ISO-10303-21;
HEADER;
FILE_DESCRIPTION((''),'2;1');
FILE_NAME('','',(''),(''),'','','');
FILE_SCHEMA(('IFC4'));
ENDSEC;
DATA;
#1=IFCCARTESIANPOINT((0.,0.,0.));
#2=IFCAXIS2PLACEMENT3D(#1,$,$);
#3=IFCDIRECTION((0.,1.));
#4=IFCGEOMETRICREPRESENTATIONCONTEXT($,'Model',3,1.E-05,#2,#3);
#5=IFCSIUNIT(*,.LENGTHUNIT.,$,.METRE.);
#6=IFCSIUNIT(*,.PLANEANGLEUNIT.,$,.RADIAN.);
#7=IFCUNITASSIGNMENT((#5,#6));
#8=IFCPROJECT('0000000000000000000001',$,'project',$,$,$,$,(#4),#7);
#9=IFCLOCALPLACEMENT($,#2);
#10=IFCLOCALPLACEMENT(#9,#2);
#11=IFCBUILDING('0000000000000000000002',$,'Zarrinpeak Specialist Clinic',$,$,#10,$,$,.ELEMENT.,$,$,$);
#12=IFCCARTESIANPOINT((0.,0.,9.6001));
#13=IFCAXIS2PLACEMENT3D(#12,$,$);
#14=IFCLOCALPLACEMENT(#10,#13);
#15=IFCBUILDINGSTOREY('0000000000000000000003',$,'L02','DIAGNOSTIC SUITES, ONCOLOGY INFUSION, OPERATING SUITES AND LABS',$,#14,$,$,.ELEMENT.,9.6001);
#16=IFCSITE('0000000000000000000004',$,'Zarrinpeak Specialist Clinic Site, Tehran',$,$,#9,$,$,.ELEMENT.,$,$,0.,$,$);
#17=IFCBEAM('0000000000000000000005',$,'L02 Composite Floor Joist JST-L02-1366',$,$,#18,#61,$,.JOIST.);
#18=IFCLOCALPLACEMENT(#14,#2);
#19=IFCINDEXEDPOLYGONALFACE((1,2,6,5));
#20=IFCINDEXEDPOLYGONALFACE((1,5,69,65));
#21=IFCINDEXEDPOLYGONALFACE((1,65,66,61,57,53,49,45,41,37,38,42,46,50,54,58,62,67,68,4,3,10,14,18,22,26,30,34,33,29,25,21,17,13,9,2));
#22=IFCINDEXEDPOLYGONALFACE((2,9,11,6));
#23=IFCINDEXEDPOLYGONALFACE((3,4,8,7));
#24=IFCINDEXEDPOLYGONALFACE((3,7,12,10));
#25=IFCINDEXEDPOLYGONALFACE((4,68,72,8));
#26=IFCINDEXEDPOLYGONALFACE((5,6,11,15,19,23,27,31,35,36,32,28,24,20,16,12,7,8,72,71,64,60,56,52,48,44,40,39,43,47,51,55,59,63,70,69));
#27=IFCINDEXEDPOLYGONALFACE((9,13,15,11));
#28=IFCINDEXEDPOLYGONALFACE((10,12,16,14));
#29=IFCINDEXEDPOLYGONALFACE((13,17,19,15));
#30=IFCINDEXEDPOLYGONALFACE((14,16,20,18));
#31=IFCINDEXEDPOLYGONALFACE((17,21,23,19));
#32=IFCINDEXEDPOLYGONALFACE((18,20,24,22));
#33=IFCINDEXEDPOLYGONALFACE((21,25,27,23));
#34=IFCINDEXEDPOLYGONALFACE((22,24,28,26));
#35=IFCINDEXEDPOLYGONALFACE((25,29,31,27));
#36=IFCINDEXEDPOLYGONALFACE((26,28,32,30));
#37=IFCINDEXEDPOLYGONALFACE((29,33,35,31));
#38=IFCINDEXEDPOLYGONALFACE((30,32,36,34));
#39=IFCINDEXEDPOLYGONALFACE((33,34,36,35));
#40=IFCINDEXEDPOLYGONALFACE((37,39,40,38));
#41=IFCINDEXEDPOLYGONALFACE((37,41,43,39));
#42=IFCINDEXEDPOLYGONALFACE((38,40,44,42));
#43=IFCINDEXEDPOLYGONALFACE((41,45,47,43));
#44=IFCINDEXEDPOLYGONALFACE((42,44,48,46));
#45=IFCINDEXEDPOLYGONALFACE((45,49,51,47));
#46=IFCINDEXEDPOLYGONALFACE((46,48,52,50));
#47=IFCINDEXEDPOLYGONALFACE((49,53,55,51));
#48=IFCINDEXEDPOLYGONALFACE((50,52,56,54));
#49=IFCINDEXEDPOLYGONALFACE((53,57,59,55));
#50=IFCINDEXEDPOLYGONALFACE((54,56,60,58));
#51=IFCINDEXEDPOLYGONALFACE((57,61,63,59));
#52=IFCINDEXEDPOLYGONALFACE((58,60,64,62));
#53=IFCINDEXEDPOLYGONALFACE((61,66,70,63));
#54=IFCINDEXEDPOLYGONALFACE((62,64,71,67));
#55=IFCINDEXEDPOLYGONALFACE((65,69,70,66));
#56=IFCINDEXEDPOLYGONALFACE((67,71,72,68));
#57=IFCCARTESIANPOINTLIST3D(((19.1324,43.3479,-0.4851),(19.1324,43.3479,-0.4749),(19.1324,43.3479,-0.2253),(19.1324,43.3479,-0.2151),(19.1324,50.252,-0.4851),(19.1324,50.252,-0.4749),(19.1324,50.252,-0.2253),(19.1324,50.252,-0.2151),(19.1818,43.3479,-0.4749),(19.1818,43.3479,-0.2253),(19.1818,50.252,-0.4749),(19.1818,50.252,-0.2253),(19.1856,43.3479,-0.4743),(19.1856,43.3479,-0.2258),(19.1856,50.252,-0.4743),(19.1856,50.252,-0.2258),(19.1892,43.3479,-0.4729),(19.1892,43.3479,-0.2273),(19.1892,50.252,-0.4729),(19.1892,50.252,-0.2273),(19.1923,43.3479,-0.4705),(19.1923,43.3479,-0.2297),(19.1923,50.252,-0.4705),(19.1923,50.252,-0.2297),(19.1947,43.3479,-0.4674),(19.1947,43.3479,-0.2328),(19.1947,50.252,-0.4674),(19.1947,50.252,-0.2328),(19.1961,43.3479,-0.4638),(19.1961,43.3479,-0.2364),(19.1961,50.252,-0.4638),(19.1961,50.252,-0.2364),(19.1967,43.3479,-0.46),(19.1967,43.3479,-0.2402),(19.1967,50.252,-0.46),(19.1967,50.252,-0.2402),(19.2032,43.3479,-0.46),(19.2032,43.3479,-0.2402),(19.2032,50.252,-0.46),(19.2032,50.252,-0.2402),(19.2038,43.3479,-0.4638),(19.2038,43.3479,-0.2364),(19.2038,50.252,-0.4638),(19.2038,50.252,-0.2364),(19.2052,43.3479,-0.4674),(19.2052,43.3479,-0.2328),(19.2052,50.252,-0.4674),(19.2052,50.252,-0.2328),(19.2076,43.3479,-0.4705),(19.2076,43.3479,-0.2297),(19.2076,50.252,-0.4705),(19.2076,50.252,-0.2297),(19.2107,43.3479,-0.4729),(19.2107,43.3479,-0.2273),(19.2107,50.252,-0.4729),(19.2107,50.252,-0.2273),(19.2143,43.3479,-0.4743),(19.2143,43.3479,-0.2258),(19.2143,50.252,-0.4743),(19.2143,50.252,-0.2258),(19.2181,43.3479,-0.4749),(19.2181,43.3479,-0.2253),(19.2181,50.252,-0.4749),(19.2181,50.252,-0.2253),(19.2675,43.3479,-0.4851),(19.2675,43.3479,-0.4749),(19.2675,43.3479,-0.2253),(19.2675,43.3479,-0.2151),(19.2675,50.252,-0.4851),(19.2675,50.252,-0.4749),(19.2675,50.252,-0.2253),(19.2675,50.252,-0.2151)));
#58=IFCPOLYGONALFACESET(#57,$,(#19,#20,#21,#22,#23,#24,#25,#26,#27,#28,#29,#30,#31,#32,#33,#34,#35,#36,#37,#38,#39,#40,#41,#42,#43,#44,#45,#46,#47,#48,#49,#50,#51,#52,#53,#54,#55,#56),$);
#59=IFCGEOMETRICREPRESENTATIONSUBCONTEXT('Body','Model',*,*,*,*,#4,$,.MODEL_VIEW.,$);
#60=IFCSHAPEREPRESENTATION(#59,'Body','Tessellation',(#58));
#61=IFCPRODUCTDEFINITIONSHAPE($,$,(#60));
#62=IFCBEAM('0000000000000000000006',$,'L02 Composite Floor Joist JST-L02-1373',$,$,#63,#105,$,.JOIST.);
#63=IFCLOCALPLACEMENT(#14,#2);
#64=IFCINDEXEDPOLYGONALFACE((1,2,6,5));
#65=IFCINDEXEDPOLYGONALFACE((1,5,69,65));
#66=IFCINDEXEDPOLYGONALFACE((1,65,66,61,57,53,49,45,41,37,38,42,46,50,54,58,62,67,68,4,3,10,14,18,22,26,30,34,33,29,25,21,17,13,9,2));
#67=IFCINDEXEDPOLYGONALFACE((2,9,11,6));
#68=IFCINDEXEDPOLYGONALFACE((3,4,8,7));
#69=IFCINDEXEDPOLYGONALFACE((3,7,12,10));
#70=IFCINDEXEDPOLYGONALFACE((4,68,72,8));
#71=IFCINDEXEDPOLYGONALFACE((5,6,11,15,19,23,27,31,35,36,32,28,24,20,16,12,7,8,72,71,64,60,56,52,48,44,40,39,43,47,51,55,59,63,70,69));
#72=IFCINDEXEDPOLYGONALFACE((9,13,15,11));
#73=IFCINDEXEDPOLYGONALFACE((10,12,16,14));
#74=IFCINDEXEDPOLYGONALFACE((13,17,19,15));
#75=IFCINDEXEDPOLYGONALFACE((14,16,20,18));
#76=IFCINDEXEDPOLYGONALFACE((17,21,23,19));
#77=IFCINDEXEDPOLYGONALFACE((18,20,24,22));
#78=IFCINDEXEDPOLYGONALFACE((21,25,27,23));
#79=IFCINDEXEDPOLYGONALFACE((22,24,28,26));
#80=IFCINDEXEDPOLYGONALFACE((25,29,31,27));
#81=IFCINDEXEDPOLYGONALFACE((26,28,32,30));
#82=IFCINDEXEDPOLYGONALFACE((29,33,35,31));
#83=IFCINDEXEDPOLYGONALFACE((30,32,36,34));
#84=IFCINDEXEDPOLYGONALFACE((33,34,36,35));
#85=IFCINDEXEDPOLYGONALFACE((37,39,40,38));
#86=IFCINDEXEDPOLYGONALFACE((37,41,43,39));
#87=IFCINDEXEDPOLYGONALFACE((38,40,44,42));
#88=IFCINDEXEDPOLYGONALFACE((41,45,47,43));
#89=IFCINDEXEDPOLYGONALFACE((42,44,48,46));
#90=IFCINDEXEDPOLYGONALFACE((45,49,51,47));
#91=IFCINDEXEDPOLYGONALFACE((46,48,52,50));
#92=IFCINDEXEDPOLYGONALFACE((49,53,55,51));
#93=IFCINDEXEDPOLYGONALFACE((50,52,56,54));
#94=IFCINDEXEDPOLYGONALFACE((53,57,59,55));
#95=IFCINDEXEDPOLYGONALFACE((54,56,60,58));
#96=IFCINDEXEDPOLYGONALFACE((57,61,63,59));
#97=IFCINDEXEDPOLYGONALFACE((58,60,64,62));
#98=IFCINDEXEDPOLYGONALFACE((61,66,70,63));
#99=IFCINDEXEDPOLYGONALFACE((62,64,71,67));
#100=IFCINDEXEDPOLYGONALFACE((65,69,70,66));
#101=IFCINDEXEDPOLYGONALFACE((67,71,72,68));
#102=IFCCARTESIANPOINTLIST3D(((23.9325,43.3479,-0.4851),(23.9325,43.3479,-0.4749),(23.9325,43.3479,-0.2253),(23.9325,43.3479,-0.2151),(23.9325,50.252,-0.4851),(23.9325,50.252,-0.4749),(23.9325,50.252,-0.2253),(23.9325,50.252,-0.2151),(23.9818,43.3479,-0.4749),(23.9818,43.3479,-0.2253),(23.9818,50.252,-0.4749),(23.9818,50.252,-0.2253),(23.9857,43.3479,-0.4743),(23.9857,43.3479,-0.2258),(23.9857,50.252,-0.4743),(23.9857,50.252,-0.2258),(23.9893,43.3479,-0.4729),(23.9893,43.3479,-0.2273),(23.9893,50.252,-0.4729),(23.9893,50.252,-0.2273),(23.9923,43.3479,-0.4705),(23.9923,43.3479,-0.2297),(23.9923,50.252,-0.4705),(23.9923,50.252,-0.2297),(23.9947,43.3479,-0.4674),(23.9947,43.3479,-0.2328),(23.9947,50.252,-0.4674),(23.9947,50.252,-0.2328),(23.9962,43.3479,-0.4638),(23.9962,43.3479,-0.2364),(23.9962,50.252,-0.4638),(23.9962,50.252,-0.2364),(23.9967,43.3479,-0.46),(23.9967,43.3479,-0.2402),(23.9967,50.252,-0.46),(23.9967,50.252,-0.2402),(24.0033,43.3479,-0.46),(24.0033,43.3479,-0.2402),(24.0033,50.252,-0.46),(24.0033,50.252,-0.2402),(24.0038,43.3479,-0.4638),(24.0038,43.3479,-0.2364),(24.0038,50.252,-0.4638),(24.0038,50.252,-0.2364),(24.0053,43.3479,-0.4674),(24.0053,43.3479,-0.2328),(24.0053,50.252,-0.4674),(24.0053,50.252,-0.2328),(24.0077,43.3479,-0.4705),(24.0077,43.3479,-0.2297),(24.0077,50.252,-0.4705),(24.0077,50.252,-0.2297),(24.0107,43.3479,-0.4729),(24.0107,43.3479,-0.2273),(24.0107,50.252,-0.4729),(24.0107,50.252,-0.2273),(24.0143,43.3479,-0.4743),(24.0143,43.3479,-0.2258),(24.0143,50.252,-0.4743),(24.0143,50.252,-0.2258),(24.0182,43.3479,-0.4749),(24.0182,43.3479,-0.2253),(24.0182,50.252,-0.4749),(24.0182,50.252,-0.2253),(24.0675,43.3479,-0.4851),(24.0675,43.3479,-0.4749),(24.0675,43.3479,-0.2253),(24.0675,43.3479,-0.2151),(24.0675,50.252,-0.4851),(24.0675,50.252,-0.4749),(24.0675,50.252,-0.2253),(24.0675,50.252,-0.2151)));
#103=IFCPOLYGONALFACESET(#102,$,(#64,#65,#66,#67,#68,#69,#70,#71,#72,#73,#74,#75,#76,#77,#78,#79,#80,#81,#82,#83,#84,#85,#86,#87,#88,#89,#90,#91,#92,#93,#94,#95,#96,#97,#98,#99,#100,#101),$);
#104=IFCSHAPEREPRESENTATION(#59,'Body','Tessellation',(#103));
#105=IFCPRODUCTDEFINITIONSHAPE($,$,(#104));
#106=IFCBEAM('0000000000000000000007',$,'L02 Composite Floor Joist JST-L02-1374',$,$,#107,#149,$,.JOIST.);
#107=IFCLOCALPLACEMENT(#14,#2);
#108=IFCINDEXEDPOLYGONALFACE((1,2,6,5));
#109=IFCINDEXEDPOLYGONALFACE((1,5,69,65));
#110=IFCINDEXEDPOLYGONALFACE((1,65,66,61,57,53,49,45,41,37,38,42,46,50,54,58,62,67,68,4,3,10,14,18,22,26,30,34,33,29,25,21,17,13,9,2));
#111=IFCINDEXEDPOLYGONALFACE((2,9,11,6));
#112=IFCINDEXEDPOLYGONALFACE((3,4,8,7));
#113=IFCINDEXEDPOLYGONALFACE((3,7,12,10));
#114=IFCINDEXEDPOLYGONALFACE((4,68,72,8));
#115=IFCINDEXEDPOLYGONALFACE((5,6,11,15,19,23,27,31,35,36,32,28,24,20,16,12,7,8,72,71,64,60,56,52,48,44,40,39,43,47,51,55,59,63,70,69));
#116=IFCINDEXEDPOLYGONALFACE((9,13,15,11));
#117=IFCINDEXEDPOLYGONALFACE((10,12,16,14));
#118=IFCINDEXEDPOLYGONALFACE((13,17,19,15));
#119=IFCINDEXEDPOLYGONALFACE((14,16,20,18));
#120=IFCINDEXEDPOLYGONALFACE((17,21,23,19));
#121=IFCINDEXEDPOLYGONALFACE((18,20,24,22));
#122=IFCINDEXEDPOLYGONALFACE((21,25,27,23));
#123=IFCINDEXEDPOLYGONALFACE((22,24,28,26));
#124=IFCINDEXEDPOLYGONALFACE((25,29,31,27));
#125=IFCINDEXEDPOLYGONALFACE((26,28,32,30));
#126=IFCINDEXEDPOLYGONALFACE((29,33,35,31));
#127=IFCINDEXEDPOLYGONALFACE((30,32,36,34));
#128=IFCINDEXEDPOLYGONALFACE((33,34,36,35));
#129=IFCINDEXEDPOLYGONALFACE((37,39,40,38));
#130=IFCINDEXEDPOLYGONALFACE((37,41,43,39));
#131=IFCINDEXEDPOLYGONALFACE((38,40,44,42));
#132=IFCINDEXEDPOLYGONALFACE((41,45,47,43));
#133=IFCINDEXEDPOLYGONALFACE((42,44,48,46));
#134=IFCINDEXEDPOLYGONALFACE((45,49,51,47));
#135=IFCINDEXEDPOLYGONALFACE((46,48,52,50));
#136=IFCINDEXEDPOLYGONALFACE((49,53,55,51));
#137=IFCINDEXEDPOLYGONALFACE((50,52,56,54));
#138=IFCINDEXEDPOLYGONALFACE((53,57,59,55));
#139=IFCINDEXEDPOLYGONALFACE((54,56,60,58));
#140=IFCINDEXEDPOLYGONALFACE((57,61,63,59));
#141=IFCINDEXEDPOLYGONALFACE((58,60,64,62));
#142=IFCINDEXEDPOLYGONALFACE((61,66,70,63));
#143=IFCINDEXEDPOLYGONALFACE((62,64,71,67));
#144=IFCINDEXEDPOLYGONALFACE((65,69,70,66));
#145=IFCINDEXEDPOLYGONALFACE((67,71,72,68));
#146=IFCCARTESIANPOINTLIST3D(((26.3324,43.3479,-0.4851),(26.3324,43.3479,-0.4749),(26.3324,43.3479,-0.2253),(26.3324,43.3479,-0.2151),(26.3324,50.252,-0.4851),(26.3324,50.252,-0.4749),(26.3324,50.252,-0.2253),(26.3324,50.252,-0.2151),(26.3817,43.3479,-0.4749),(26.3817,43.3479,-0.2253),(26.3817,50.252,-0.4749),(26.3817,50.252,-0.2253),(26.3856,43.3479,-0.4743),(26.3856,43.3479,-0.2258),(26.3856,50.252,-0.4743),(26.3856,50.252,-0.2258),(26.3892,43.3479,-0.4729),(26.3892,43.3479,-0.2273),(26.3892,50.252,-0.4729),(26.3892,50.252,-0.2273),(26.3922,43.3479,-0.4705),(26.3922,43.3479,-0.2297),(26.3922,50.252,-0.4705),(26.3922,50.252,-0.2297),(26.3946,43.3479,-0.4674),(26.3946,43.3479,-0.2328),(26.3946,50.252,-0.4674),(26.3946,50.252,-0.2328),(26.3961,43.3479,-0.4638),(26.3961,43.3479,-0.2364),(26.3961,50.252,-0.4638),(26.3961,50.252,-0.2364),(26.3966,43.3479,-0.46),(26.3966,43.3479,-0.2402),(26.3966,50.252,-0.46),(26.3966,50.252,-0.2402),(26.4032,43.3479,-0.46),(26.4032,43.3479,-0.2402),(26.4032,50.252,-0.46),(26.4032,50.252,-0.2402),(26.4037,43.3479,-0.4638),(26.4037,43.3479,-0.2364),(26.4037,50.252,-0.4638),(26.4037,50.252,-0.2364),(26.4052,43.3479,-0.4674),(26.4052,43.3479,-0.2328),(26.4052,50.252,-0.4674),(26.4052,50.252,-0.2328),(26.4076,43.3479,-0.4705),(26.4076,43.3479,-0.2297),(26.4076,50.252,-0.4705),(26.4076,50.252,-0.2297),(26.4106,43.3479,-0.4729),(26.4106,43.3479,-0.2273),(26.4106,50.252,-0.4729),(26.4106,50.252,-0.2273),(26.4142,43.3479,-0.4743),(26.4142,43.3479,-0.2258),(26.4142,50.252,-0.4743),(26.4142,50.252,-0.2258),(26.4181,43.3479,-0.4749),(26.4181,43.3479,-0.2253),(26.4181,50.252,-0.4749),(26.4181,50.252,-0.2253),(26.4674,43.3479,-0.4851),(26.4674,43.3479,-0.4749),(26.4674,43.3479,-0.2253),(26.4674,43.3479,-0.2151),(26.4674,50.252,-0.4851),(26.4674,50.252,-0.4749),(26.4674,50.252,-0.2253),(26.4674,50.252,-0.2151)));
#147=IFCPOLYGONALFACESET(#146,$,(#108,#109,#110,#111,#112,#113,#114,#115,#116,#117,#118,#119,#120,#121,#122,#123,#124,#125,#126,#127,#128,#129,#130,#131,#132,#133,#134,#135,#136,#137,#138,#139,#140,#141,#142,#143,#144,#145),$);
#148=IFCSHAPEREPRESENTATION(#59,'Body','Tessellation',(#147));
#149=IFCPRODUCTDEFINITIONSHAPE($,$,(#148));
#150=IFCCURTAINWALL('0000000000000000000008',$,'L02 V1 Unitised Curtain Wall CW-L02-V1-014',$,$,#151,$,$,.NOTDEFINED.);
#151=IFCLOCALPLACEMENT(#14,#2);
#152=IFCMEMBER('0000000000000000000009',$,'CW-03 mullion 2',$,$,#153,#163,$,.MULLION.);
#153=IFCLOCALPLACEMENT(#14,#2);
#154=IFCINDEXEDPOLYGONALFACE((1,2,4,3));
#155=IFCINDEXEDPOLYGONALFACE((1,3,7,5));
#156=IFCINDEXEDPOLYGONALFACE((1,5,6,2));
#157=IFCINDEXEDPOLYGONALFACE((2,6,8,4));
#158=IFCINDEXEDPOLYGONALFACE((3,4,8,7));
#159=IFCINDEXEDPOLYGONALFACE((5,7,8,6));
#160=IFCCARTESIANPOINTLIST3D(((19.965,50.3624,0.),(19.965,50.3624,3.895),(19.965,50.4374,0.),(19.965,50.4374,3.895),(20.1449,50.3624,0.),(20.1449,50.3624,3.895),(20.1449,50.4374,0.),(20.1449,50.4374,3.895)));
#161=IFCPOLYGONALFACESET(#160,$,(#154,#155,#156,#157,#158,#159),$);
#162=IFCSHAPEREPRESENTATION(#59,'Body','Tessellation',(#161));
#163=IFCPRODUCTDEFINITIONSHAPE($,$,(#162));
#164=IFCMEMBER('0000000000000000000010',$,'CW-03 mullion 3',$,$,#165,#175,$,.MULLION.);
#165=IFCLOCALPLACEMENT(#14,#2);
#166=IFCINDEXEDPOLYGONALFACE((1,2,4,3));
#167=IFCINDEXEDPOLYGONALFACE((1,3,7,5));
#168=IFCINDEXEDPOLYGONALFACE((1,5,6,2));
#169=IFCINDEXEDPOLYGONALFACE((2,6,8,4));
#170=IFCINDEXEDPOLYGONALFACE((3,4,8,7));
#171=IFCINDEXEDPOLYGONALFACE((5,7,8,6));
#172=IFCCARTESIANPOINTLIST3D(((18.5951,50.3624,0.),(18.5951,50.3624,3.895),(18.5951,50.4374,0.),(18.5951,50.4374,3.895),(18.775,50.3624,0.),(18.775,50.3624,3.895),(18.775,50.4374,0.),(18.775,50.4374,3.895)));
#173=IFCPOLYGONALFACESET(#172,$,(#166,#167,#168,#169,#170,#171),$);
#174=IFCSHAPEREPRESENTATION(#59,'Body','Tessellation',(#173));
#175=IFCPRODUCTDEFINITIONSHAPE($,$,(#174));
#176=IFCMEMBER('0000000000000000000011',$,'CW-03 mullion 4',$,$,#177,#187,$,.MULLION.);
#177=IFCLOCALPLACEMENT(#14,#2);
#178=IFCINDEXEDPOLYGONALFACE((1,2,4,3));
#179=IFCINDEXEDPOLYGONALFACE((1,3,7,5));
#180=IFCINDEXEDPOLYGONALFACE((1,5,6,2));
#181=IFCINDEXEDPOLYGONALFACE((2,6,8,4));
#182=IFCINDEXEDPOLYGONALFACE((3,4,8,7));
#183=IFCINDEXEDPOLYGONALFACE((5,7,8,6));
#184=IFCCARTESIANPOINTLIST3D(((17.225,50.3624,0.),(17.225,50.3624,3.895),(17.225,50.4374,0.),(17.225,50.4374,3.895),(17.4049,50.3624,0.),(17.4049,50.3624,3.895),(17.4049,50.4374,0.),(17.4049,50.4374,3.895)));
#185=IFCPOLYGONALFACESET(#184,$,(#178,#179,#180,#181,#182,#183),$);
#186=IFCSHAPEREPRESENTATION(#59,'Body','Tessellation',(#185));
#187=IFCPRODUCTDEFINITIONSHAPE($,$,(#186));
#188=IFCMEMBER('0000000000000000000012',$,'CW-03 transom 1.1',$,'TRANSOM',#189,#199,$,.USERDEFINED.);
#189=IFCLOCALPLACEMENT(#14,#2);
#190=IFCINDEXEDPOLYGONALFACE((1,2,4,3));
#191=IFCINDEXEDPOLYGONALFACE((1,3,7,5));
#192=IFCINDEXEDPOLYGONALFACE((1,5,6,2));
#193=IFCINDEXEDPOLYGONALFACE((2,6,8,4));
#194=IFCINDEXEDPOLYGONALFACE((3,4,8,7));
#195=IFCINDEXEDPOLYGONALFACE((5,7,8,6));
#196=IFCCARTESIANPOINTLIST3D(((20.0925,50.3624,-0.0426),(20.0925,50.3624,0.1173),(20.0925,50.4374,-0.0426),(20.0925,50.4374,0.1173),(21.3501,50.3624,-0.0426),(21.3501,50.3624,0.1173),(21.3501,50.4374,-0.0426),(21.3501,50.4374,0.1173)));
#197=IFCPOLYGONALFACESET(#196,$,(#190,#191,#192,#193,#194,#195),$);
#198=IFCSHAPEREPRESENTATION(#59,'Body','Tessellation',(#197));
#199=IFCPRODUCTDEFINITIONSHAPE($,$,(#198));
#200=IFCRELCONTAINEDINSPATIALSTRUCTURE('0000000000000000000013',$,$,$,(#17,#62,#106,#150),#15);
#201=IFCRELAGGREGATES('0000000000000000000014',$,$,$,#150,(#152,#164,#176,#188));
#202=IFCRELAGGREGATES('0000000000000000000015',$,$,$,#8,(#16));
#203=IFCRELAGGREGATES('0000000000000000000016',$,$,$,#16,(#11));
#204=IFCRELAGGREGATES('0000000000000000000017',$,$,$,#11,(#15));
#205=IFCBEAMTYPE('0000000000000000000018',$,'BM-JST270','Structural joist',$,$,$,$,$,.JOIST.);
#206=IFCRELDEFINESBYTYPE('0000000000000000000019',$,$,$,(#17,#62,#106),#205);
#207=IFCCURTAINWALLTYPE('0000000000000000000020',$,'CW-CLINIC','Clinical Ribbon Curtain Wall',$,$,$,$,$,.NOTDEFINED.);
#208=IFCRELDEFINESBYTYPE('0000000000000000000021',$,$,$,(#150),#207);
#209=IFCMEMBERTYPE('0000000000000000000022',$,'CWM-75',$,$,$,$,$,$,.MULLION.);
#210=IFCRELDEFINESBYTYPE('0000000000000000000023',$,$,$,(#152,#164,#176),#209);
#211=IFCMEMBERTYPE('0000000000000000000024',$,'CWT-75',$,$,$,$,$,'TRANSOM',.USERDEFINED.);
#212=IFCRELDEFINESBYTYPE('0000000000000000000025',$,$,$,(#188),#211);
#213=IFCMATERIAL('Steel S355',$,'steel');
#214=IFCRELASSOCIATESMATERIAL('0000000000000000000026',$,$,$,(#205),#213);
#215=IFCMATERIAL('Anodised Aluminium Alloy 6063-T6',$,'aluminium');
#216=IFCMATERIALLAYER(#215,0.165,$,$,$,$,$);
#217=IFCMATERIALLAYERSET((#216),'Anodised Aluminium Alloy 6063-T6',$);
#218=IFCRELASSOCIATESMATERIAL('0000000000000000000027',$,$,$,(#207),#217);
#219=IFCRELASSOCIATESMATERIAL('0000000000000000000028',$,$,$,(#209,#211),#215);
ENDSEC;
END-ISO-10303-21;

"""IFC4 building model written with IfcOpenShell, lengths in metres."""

from ifc_helpers import new_model, si_unit, direction, frame, origin, origin_2d, place, context, subcontext, project, spatial, rectangle, i_section, extrude, material, layer, layer_set, material_profile, profile_set, type_object, element, aggregate, save


model = new_model("IFC4")

# Units and contexts
model_context = context("Model", 3, precision=1e-05, world=origin(), true_north=direction((0.0, 1.0)))
body_context = subcontext(model_context, "Body", "Model", "MODEL_VIEW")
ifc_project = project(units=[si_unit("LENGTHUNIT", "METRE"), si_unit("PLANEANGLEUNIT", "RADIAN")], contexts=[model_context])

# Site, building, storey
site_placement = place(None, origin())
site = spatial("IfcSite", under=ifc_project, at=site_placement, Name="Zarrinpeak Specialist Clinic Site, Tehran", CompositionType="ELEMENT", RefElevation=0.0)
building_placement = place(site_placement, origin())
building = spatial("IfcBuilding", under=site, at=building_placement, Name="Zarrinpeak Specialist Clinic", CompositionType="ELEMENT")
storey_placement = place(building_placement, frame((0.0, 0.0, 9.6001)))
storey = spatial("IfcBuildingStorey", under=building, at=storey_placement, Name="L02", Description="DIAGNOSTIC SUITES, ONCOLOGY INFUSION, OPERATING SUITES AND LABS", CompositionType="ELEMENT", Elevation=9.6001)

# Shared definitions
ifc_material_1 = material(Name="Steel S355", Category="steel")

# Beams
ifc_material_profile_1 = material_profile(ifc_material_1, i_section(OverallWidth=0.135, OverallDepth=0.27, WebThickness=0.0066, FlangeThickness=0.0103, FilletRadius=0.0149, at=origin_2d()), Name="IPE 270")
ifc_profile_set_1 = profile_set([ifc_material_profile_1], Name="Steel S355")
beam_type_1 = type_object("IfcBeamType", Name="BM-JST270", Description="Structural joist", PredefinedType="JOIST", material=ifc_profile_set_1)
for number, where, z_axis, x_axis, name in (
    (1, (19.2, 43.3479, -0.3501), (0.0, 1.0, 0.0), (-1.0, 0.0, 0.0), "L02 Composite Floor Joist JST-L02-1366"),
    (2, (24.0, 43.3479, -0.3501), (0.0, 1.0, 0.0), (-1.0, 0.0, 0.0), "L02 Composite Floor Joist JST-L02-1373"),
    (3, (26.3999, 43.3479, -0.3501), (0.0, 1.0, 0.0), (-1.0, 0.0, 0.0), "L02 Composite Floor Joist JST-L02-1374"),
):
    element("IfcBeam", number, at=place(storey_placement, frame(where, z_axis=z_axis, x_axis=x_axis)), inside=storey, type_object=beam_type_1, Name=name, PredefinedType="JOIST", context=body_context, shape_type="SweptSolid", body=[
        extrude(i_section(OverallWidth=0.135, OverallDepth=0.27, WebThickness=0.0066, FlangeThickness=0.0103, FilletRadius=0.0149, at=origin_2d()), origin(), (0.0, 0.0, 1.0), 6.9041),
    ])

# Curtain wall, members
ifc_material_2 = material(Name="Anodised Aluminium Alloy 6063-T6", Category="aluminium")
ifc_layer_1 = layer(ifc_material_2, 0.165)
ifc_layer_set_1 = layer_set([ifc_layer_1], Name="Anodised Aluminium Alloy 6063-T6")
curtain_wall_type = type_object("IfcCurtainWallType", Name="CW-CLINIC", Description="Clinical Ribbon Curtain Wall", PredefinedType="NOTDEFINED", material=ifc_layer_set_1)
curtain_wall_placement = place(storey_placement, origin())
curtain_wall = element("IfcCurtainWall", 4, at=curtain_wall_placement, inside=storey, type_object=curtain_wall_type, Name="L02 V1 Unitised Curtain Wall CW-L02-V1-014", PredefinedType="NOTDEFINED")
ifc_material_profile_2 = material_profile(ifc_material_2, rectangle(XDim=0.075, YDim=0.1799, at=origin_2d()), Name="ALU 75x180")
ifc_profile_set_2 = profile_set([ifc_material_profile_2], Name="Anodised Aluminium Alloy 6063-T6")
member_type_1 = type_object("IfcMemberType", Name="CWM-75", PredefinedType="MULLION", material=ifc_profile_set_2)
member_1_placement = place(storey_placement, frame((20.0549, 50.3999, 0.0), z_axis=(0.0, 0.0, 1.0), x_axis=(0.0, -1.0, 0.0)))
member_1 = element("IfcMember", 5, at=member_1_placement, type_object=member_type_1, Name="CW-03 mullion 2", PredefinedType="MULLION", context=body_context, shape_type="SweptSolid", body=[
    extrude(rectangle(XDim=0.075, YDim=0.1799, at=origin_2d()), origin(), (0.0, 0.0, 1.0), 3.895),
])
member_2_placement = place(storey_placement, frame((18.6851, 50.3999, 0.0), z_axis=(0.0, 0.0, 1.0), x_axis=(0.0, -1.0, 0.0)))
member_2 = element("IfcMember", 6, at=member_2_placement, type_object=member_type_1, Name="CW-03 mullion 3", PredefinedType="MULLION", context=body_context, shape_type="SweptSolid", body=[
    extrude(rectangle(XDim=0.075, YDim=0.1799, at=origin_2d()), origin(), (0.0, 0.0, 1.0), 3.895),
])
member_3_placement = place(storey_placement, frame((17.3149, 50.3999, 0.0), z_axis=(0.0, 0.0, 1.0), x_axis=(0.0, -1.0, 0.0)))
member_3 = element("IfcMember", 7, at=member_3_placement, type_object=member_type_1, Name="CW-03 mullion 4", PredefinedType="MULLION", context=body_context, shape_type="SweptSolid", body=[
    extrude(rectangle(XDim=0.075, YDim=0.1799, at=origin_2d()), origin(), (0.0, 0.0, 1.0), 3.895),
])
ifc_material_profile_3 = material_profile(ifc_material_2, rectangle(XDim=0.075, YDim=0.1599, at=origin_2d()), Name="ALU 75x160")
ifc_profile_set_3 = profile_set([ifc_material_profile_3], Name="Anodised Aluminium Alloy 6063-T6")
member_type_2 = type_object("IfcMemberType", Name="CWT-75", ElementType="TRANSOM", PredefinedType="USERDEFINED", material=ifc_profile_set_3)
member_4_placement = place(storey_placement, frame((21.3501, 50.3999, 0.0374), z_axis=(-1.0, 0.0, 0.0), x_axis=(0.0, -1.0, 0.0)))
member_4 = element("IfcMember", 8, at=member_4_placement, type_object=member_type_2, Name="CW-03 transom 1.1", ObjectType="TRANSOM", PredefinedType="USERDEFINED", context=body_context, shape_type="SweptSolid", body=[
    extrude(rectangle(XDim=0.075, YDim=0.1599, at=origin_2d()), origin(), (0.0, 0.0, 1.0), 1.2576),
])
aggregate(curtain_wall, [member_1, member_2, member_3, member_4])

save(model, "model.ifc")
